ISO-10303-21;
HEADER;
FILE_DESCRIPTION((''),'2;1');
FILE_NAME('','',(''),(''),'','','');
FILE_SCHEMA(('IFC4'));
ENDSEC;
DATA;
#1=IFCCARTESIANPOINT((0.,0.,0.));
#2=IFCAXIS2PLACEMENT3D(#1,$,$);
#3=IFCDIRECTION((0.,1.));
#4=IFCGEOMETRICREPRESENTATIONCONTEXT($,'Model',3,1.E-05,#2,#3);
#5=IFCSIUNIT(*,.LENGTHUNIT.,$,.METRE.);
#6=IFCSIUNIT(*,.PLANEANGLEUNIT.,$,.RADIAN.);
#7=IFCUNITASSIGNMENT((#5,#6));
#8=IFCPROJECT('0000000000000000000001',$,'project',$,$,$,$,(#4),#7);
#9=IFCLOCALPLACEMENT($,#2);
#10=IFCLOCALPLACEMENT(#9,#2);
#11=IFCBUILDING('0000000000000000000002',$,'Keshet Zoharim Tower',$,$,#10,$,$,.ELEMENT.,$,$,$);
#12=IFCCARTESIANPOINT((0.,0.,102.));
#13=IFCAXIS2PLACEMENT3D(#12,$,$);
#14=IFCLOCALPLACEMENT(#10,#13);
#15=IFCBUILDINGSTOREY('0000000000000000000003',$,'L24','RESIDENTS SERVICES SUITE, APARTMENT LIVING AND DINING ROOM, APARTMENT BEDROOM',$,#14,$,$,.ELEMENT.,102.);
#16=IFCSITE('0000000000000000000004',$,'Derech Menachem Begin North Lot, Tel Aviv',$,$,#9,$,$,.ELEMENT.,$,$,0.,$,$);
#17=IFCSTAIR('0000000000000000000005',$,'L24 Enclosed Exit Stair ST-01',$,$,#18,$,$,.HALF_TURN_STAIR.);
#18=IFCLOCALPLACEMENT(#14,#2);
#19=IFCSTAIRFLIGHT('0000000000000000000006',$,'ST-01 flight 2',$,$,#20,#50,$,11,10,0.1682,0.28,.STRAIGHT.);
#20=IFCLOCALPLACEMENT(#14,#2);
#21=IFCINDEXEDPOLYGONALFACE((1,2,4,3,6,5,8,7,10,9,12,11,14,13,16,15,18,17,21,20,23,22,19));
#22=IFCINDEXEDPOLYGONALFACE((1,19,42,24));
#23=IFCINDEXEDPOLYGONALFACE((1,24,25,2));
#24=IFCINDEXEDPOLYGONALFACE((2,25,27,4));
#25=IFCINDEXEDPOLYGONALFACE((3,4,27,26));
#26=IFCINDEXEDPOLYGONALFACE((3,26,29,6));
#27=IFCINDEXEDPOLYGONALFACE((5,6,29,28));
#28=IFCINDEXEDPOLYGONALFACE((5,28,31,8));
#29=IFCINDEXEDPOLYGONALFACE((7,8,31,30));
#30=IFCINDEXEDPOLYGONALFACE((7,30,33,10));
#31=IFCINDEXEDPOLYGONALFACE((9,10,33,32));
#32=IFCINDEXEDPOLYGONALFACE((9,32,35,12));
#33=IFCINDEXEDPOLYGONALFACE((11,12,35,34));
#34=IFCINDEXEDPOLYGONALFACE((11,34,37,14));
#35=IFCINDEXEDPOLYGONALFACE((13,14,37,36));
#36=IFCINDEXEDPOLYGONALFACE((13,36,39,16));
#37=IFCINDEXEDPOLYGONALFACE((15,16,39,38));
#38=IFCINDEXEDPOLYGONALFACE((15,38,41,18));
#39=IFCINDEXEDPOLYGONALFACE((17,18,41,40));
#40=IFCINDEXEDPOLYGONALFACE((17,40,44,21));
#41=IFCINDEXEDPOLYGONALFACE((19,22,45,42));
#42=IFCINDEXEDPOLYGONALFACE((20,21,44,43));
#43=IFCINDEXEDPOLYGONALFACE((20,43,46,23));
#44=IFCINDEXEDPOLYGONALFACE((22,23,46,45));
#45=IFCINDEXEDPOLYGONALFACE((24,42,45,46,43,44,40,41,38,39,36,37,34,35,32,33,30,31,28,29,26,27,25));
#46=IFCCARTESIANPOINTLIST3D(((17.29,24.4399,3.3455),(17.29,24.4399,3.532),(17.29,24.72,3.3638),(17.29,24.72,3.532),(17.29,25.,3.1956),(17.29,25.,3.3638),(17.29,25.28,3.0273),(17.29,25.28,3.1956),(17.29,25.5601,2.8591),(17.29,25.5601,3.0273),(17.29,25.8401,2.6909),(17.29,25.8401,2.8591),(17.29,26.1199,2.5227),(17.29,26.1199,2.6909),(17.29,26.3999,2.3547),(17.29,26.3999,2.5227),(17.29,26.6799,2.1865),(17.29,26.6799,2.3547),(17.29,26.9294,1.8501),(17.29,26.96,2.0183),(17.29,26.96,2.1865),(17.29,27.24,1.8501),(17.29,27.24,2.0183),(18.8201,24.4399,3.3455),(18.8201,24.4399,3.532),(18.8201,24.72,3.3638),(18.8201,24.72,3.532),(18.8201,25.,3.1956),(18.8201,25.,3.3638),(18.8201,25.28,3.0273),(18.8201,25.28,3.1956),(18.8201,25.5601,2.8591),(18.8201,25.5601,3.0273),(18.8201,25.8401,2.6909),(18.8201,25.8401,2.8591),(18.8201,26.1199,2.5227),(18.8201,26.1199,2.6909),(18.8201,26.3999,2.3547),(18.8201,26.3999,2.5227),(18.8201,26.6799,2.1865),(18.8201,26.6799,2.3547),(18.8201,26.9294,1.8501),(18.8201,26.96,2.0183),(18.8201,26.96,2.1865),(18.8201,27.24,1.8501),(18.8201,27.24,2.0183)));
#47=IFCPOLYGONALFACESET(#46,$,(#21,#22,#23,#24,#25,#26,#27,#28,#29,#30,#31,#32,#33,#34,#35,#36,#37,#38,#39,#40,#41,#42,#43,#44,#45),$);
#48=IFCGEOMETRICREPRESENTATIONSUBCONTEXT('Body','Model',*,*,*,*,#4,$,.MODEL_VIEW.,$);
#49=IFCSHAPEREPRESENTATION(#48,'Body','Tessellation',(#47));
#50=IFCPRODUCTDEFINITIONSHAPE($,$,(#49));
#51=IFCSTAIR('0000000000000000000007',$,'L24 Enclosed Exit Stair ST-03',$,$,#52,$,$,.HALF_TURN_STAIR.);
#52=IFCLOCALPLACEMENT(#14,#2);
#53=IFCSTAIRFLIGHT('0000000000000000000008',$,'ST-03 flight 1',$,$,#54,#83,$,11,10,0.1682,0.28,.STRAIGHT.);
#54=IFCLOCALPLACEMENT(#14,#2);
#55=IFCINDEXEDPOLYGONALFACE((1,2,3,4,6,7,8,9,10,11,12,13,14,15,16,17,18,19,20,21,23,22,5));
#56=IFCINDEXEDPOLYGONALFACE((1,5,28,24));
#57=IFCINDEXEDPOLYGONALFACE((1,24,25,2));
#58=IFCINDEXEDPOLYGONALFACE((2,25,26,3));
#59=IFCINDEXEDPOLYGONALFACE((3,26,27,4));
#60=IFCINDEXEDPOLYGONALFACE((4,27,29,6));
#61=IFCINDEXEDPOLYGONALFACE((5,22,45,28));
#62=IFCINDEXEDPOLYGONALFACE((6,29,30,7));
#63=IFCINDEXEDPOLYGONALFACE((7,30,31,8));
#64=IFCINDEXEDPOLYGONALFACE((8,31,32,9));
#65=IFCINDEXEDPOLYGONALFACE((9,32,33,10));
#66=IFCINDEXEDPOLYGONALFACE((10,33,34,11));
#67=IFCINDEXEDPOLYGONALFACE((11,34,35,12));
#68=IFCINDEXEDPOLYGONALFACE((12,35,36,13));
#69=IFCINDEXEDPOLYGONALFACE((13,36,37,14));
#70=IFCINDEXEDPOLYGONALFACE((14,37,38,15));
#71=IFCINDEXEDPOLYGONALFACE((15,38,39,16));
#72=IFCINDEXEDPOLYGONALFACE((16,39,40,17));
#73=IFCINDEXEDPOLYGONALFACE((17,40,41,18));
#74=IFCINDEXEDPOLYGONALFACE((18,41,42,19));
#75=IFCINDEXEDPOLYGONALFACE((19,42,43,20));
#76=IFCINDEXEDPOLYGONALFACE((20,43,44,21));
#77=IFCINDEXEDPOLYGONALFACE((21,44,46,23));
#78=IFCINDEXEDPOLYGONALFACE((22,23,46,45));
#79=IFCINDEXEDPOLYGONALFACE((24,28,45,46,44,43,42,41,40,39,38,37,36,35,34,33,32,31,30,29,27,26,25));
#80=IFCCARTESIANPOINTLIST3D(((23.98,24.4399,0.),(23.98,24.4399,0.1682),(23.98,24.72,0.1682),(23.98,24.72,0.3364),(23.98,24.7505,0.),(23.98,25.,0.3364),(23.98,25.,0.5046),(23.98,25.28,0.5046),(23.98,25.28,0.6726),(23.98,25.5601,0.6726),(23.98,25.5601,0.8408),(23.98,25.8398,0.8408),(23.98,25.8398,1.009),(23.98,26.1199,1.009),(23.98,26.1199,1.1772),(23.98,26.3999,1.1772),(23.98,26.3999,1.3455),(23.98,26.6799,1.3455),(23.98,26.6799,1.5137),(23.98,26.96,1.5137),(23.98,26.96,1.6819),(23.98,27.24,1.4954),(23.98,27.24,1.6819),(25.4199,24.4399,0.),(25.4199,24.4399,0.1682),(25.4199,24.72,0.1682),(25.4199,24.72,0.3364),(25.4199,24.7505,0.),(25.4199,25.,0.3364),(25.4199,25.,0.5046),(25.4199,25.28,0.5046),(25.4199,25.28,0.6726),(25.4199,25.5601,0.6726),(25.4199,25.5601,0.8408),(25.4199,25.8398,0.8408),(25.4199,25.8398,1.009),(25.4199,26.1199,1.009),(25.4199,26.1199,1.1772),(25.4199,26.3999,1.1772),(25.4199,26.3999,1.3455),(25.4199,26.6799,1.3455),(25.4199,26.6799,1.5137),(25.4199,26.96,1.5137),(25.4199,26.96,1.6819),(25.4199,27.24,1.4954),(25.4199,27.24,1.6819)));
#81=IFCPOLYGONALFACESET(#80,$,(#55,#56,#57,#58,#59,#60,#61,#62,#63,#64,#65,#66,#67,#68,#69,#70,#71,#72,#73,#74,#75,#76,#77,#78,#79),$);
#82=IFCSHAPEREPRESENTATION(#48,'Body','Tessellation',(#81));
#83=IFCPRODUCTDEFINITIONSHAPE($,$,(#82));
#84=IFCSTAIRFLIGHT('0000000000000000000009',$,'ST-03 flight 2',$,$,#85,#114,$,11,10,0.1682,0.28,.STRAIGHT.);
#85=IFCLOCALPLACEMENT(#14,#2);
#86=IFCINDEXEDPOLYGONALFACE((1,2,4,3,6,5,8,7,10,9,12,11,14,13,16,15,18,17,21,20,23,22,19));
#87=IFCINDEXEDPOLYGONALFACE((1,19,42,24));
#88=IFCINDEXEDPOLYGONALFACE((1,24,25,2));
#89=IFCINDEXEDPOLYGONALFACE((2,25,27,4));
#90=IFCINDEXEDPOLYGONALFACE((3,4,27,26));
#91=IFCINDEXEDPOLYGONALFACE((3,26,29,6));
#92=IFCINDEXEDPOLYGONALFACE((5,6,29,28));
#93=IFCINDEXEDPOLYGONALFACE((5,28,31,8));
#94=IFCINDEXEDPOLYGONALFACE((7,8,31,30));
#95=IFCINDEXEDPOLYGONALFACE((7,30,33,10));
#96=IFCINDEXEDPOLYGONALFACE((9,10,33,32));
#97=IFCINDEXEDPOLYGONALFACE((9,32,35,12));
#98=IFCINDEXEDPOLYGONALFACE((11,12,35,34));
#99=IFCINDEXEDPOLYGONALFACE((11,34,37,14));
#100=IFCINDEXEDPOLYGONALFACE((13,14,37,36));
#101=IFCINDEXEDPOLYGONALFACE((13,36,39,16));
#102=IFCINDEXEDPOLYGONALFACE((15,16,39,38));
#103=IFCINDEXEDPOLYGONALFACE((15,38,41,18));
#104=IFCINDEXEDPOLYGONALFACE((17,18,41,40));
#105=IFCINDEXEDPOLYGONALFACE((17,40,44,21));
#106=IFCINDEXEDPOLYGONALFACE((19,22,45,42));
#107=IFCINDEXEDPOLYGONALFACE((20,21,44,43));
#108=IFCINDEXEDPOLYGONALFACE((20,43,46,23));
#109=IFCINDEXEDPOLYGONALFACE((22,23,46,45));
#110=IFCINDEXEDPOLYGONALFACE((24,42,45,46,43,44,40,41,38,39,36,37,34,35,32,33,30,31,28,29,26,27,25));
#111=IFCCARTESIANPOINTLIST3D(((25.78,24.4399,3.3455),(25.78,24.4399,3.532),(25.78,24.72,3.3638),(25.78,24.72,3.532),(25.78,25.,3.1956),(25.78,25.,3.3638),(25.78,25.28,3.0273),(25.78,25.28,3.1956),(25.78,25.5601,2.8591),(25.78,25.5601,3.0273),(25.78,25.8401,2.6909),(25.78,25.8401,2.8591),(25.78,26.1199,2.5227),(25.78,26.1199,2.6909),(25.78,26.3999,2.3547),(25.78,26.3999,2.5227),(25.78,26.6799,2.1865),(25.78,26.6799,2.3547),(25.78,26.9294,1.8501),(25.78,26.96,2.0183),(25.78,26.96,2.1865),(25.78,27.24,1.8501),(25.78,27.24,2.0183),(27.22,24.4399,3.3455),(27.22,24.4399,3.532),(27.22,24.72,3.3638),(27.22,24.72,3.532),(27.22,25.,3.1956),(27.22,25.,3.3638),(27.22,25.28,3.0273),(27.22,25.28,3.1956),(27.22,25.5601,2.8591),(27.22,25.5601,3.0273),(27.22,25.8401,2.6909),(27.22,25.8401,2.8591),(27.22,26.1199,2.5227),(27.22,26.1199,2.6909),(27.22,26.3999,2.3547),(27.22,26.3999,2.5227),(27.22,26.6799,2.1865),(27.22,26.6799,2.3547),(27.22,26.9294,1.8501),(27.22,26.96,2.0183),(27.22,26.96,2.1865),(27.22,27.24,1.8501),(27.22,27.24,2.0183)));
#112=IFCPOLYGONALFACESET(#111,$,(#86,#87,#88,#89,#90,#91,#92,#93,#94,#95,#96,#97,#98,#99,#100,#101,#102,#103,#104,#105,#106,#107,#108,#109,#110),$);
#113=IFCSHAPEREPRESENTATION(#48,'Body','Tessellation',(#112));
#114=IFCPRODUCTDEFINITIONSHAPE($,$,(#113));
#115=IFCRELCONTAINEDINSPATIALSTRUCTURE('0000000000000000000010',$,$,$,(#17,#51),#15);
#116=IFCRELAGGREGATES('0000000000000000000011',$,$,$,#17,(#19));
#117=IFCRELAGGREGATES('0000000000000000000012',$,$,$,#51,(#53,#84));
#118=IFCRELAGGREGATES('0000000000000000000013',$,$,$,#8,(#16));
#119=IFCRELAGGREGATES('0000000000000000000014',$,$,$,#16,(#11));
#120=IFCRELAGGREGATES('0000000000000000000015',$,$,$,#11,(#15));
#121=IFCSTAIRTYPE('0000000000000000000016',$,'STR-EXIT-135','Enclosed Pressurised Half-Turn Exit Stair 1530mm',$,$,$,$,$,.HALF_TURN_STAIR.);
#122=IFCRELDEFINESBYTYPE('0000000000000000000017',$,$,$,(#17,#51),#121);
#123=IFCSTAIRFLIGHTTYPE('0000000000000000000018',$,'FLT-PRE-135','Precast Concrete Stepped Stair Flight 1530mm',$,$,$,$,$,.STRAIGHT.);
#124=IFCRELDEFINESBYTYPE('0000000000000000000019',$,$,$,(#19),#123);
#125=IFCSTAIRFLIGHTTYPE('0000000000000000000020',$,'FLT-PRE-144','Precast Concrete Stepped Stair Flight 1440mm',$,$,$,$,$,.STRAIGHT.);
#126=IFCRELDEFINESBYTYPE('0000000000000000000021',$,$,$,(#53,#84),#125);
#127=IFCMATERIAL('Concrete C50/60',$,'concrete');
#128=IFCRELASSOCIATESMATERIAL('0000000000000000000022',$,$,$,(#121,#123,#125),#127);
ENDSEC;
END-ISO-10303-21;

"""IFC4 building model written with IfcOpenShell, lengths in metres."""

from ifc_helpers import new_model, si_unit, direction, frame, origin, place, context, subcontext, project, spatial, polyline, outline, extrude, material, type_object, element, aggregate, save


model = new_model("IFC4")

# Units and contexts
model_context = context("Model", 3, precision=1e-05, world=origin(), true_north=direction((0.0, 1.0)))
body_context = subcontext(model_context, "Body", "Model", "MODEL_VIEW")
ifc_project = project(units=[si_unit("LENGTHUNIT", "METRE"), si_unit("PLANEANGLEUNIT", "RADIAN")], contexts=[model_context])

# Site, building, storey
site_placement = place(None, origin())
site = spatial("IfcSite", under=ifc_project, at=site_placement, Name="Derech Menachem Begin North Lot, Tel Aviv", CompositionType="ELEMENT", RefElevation=0.0)
building_placement = place(site_placement, origin())
building = spatial("IfcBuilding", under=site, at=building_placement, Name="Keshet Zoharim Tower", CompositionType="ELEMENT")
storey_placement = place(building_placement, frame((0.0, 0.0, 102.0)))
storey = spatial("IfcBuildingStorey", under=building, at=storey_placement, Name="L24", Description="RESIDENTS SERVICES SUITE, APARTMENT LIVING AND DINING ROOM, APARTMENT BEDROOM", CompositionType="ELEMENT", Elevation=102.0)

# Shared definitions
ifc_material_1 = material(Name="Concrete C50/60", Category="concrete")

# Stair, stair flight
stair_type = type_object("IfcStairType", Name="STR-EXIT-135", Description="Enclosed Pressurised Half-Turn Exit Stair 1530mm", PredefinedType="HALF_TURN_STAIR", material=ifc_material_1)
stair_1_placement = place(storey_placement, origin())
stair_1 = element("IfcStair", 1, at=stair_1_placement, inside=storey, type_object=stair_type, Name="L24 Enclosed Exit Stair ST-01", PredefinedType="HALF_TURN_STAIR")
stair_flight_type_1 = type_object("IfcStairFlightType", Name="FLT-PRE-135", Description="Precast Concrete Stepped Stair Flight 1530mm", PredefinedType="STRAIGHT", material=ifc_material_1)
stair_flight_1_placement = place(storey_placement, frame((18.0549, 27.24, 1.8501), z_axis=(0.0, 0.0, 1.0), x_axis=(0.0, -1.0, 0.0)))
stair_flight_1 = element("IfcStairFlight", 2, at=stair_flight_1_placement, type_object=stair_flight_type_1, Name="ST-01 flight 2", NumberOfRisers=11, NumberOfTreads=10, PredefinedType="STRAIGHT", RiserHeight=0.1682, TreadLength=0.28, context=body_context, shape_type="SweptSolid", body=[
    extrude(outline(polyline([(0.0, 0.0), (0.0, 0.1682), (0.28, 0.1682), (0.28, 0.3364), (0.5601, 0.3364), (0.5601, 0.5046), (0.8401, 0.5046), (0.8401, 0.6726), (1.1201, 0.6726), (1.1201, 0.8408), (1.3999, 0.8408), (1.3999, 1.009), (1.6799, 1.009), (1.6799, 1.1772), (1.96, 1.1772), (1.96, 1.3455), (2.24, 1.3455), (2.24, 1.5137), (2.52, 1.5137), (2.52, 1.6819), (2.8, 1.6819), (2.8, 1.8501), (2.8, 1.4954), (0.3105, 0.0), (0.0, 0.0)])), frame((0.0, 0.7651, 0.0), z_axis=(0.0, -1.0, 0.0), x_axis=(1.0, 0.0, 0.0)), (0.0, 0.0, 1.0), 1.53),
])
aggregate(stair_1, [stair_flight_1])

# Stair, stair flights
stair_2_placement = place(storey_placement, origin())
stair_2 = element("IfcStair", 3, at=stair_2_placement, inside=storey, type_object=stair_type, Name="L24 Enclosed Exit Stair ST-03", PredefinedType="HALF_TURN_STAIR")
stair_flight_type_2 = type_object("IfcStairFlightType", Name="FLT-PRE-144", Description="Precast Concrete Stepped Stair Flight 1440mm", PredefinedType="STRAIGHT", material=ifc_material_1)
stair_flight_2_placement = place(storey_placement, frame((24.7, 24.4399, 0.0), z_axis=(0.0, 0.0, 1.0), x_axis=(0.0, 1.0, 0.0)))
stair_flight_2 = element("IfcStairFlight", 4, at=stair_flight_2_placement, type_object=stair_flight_type_2, Name="ST-03 flight 1", NumberOfRisers=11, NumberOfTreads=10, PredefinedType="STRAIGHT", RiserHeight=0.1682, TreadLength=0.28, context=body_context, shape_type="SweptSolid", body=[
    extrude(outline(polyline([(0.0, 0.0), (0.0, 0.1682), (0.28, 0.1682), (0.28, 0.3364), (0.5601, 0.3364), (0.5601, 0.5046), (0.8401, 0.5046), (0.8401, 0.6726), (1.1201, 0.6726), (1.1201, 0.8408), (1.3999, 0.8408), (1.3999, 1.009), (1.6799, 1.009), (1.6799, 1.1772), (1.96, 1.1772), (1.96, 1.3455), (2.24, 1.3455), (2.24, 1.5137), (2.52, 1.5137), (2.52, 1.6819), (2.8, 1.6819), (2.8, 1.8501), (2.8, 1.4954), (0.3105, 0.0), (0.0, 0.0)])), frame((0.0, 0.72, 0.0), z_axis=(0.0, -1.0, 0.0), x_axis=(1.0, 0.0, 0.0)), (0.0, 0.0, 1.0), 1.4399),
])
stair_flight_3_placement = place(storey_placement, frame((26.5, 27.24, 1.8501), z_axis=(0.0, 0.0, 1.0), x_axis=(0.0, -1.0, 0.0)))
stair_flight_3 = element("IfcStairFlight", 5, at=stair_flight_3_placement, type_object=stair_flight_type_2, Name="ST-03 flight 2", NumberOfRisers=11, NumberOfTreads=10, PredefinedType="STRAIGHT", RiserHeight=0.1682, TreadLength=0.28, context=body_context, shape_type="SweptSolid", body=[
    extrude(outline(polyline([(0.0, 0.0), (0.0, 0.1682), (0.28, 0.1682), (0.28, 0.3364), (0.5601, 0.3364), (0.5601, 0.5046), (0.8401, 0.5046), (0.8401, 0.6726), (1.1201, 0.6726), (1.1201, 0.8408), (1.3999, 0.8408), (1.3999, 1.009), (1.6799, 1.009), (1.6799, 1.1772), (1.96, 1.1772), (1.96, 1.3455), (2.24, 1.3455), (2.24, 1.5137), (2.52, 1.5137), (2.52, 1.6819), (2.8, 1.6819), (2.8, 1.8501), (2.8, 1.4954), (0.3105, 0.0), (0.0, 0.0)])), frame((0.0, 0.72, 0.0), z_axis=(0.0, -1.0, 0.0), x_axis=(1.0, 0.0, 0.0)), (0.0, 0.0, 1.0), 1.4399),
])
aggregate(stair_2, [stair_flight_2, stair_flight_3])

save(model, "model.ifc")
